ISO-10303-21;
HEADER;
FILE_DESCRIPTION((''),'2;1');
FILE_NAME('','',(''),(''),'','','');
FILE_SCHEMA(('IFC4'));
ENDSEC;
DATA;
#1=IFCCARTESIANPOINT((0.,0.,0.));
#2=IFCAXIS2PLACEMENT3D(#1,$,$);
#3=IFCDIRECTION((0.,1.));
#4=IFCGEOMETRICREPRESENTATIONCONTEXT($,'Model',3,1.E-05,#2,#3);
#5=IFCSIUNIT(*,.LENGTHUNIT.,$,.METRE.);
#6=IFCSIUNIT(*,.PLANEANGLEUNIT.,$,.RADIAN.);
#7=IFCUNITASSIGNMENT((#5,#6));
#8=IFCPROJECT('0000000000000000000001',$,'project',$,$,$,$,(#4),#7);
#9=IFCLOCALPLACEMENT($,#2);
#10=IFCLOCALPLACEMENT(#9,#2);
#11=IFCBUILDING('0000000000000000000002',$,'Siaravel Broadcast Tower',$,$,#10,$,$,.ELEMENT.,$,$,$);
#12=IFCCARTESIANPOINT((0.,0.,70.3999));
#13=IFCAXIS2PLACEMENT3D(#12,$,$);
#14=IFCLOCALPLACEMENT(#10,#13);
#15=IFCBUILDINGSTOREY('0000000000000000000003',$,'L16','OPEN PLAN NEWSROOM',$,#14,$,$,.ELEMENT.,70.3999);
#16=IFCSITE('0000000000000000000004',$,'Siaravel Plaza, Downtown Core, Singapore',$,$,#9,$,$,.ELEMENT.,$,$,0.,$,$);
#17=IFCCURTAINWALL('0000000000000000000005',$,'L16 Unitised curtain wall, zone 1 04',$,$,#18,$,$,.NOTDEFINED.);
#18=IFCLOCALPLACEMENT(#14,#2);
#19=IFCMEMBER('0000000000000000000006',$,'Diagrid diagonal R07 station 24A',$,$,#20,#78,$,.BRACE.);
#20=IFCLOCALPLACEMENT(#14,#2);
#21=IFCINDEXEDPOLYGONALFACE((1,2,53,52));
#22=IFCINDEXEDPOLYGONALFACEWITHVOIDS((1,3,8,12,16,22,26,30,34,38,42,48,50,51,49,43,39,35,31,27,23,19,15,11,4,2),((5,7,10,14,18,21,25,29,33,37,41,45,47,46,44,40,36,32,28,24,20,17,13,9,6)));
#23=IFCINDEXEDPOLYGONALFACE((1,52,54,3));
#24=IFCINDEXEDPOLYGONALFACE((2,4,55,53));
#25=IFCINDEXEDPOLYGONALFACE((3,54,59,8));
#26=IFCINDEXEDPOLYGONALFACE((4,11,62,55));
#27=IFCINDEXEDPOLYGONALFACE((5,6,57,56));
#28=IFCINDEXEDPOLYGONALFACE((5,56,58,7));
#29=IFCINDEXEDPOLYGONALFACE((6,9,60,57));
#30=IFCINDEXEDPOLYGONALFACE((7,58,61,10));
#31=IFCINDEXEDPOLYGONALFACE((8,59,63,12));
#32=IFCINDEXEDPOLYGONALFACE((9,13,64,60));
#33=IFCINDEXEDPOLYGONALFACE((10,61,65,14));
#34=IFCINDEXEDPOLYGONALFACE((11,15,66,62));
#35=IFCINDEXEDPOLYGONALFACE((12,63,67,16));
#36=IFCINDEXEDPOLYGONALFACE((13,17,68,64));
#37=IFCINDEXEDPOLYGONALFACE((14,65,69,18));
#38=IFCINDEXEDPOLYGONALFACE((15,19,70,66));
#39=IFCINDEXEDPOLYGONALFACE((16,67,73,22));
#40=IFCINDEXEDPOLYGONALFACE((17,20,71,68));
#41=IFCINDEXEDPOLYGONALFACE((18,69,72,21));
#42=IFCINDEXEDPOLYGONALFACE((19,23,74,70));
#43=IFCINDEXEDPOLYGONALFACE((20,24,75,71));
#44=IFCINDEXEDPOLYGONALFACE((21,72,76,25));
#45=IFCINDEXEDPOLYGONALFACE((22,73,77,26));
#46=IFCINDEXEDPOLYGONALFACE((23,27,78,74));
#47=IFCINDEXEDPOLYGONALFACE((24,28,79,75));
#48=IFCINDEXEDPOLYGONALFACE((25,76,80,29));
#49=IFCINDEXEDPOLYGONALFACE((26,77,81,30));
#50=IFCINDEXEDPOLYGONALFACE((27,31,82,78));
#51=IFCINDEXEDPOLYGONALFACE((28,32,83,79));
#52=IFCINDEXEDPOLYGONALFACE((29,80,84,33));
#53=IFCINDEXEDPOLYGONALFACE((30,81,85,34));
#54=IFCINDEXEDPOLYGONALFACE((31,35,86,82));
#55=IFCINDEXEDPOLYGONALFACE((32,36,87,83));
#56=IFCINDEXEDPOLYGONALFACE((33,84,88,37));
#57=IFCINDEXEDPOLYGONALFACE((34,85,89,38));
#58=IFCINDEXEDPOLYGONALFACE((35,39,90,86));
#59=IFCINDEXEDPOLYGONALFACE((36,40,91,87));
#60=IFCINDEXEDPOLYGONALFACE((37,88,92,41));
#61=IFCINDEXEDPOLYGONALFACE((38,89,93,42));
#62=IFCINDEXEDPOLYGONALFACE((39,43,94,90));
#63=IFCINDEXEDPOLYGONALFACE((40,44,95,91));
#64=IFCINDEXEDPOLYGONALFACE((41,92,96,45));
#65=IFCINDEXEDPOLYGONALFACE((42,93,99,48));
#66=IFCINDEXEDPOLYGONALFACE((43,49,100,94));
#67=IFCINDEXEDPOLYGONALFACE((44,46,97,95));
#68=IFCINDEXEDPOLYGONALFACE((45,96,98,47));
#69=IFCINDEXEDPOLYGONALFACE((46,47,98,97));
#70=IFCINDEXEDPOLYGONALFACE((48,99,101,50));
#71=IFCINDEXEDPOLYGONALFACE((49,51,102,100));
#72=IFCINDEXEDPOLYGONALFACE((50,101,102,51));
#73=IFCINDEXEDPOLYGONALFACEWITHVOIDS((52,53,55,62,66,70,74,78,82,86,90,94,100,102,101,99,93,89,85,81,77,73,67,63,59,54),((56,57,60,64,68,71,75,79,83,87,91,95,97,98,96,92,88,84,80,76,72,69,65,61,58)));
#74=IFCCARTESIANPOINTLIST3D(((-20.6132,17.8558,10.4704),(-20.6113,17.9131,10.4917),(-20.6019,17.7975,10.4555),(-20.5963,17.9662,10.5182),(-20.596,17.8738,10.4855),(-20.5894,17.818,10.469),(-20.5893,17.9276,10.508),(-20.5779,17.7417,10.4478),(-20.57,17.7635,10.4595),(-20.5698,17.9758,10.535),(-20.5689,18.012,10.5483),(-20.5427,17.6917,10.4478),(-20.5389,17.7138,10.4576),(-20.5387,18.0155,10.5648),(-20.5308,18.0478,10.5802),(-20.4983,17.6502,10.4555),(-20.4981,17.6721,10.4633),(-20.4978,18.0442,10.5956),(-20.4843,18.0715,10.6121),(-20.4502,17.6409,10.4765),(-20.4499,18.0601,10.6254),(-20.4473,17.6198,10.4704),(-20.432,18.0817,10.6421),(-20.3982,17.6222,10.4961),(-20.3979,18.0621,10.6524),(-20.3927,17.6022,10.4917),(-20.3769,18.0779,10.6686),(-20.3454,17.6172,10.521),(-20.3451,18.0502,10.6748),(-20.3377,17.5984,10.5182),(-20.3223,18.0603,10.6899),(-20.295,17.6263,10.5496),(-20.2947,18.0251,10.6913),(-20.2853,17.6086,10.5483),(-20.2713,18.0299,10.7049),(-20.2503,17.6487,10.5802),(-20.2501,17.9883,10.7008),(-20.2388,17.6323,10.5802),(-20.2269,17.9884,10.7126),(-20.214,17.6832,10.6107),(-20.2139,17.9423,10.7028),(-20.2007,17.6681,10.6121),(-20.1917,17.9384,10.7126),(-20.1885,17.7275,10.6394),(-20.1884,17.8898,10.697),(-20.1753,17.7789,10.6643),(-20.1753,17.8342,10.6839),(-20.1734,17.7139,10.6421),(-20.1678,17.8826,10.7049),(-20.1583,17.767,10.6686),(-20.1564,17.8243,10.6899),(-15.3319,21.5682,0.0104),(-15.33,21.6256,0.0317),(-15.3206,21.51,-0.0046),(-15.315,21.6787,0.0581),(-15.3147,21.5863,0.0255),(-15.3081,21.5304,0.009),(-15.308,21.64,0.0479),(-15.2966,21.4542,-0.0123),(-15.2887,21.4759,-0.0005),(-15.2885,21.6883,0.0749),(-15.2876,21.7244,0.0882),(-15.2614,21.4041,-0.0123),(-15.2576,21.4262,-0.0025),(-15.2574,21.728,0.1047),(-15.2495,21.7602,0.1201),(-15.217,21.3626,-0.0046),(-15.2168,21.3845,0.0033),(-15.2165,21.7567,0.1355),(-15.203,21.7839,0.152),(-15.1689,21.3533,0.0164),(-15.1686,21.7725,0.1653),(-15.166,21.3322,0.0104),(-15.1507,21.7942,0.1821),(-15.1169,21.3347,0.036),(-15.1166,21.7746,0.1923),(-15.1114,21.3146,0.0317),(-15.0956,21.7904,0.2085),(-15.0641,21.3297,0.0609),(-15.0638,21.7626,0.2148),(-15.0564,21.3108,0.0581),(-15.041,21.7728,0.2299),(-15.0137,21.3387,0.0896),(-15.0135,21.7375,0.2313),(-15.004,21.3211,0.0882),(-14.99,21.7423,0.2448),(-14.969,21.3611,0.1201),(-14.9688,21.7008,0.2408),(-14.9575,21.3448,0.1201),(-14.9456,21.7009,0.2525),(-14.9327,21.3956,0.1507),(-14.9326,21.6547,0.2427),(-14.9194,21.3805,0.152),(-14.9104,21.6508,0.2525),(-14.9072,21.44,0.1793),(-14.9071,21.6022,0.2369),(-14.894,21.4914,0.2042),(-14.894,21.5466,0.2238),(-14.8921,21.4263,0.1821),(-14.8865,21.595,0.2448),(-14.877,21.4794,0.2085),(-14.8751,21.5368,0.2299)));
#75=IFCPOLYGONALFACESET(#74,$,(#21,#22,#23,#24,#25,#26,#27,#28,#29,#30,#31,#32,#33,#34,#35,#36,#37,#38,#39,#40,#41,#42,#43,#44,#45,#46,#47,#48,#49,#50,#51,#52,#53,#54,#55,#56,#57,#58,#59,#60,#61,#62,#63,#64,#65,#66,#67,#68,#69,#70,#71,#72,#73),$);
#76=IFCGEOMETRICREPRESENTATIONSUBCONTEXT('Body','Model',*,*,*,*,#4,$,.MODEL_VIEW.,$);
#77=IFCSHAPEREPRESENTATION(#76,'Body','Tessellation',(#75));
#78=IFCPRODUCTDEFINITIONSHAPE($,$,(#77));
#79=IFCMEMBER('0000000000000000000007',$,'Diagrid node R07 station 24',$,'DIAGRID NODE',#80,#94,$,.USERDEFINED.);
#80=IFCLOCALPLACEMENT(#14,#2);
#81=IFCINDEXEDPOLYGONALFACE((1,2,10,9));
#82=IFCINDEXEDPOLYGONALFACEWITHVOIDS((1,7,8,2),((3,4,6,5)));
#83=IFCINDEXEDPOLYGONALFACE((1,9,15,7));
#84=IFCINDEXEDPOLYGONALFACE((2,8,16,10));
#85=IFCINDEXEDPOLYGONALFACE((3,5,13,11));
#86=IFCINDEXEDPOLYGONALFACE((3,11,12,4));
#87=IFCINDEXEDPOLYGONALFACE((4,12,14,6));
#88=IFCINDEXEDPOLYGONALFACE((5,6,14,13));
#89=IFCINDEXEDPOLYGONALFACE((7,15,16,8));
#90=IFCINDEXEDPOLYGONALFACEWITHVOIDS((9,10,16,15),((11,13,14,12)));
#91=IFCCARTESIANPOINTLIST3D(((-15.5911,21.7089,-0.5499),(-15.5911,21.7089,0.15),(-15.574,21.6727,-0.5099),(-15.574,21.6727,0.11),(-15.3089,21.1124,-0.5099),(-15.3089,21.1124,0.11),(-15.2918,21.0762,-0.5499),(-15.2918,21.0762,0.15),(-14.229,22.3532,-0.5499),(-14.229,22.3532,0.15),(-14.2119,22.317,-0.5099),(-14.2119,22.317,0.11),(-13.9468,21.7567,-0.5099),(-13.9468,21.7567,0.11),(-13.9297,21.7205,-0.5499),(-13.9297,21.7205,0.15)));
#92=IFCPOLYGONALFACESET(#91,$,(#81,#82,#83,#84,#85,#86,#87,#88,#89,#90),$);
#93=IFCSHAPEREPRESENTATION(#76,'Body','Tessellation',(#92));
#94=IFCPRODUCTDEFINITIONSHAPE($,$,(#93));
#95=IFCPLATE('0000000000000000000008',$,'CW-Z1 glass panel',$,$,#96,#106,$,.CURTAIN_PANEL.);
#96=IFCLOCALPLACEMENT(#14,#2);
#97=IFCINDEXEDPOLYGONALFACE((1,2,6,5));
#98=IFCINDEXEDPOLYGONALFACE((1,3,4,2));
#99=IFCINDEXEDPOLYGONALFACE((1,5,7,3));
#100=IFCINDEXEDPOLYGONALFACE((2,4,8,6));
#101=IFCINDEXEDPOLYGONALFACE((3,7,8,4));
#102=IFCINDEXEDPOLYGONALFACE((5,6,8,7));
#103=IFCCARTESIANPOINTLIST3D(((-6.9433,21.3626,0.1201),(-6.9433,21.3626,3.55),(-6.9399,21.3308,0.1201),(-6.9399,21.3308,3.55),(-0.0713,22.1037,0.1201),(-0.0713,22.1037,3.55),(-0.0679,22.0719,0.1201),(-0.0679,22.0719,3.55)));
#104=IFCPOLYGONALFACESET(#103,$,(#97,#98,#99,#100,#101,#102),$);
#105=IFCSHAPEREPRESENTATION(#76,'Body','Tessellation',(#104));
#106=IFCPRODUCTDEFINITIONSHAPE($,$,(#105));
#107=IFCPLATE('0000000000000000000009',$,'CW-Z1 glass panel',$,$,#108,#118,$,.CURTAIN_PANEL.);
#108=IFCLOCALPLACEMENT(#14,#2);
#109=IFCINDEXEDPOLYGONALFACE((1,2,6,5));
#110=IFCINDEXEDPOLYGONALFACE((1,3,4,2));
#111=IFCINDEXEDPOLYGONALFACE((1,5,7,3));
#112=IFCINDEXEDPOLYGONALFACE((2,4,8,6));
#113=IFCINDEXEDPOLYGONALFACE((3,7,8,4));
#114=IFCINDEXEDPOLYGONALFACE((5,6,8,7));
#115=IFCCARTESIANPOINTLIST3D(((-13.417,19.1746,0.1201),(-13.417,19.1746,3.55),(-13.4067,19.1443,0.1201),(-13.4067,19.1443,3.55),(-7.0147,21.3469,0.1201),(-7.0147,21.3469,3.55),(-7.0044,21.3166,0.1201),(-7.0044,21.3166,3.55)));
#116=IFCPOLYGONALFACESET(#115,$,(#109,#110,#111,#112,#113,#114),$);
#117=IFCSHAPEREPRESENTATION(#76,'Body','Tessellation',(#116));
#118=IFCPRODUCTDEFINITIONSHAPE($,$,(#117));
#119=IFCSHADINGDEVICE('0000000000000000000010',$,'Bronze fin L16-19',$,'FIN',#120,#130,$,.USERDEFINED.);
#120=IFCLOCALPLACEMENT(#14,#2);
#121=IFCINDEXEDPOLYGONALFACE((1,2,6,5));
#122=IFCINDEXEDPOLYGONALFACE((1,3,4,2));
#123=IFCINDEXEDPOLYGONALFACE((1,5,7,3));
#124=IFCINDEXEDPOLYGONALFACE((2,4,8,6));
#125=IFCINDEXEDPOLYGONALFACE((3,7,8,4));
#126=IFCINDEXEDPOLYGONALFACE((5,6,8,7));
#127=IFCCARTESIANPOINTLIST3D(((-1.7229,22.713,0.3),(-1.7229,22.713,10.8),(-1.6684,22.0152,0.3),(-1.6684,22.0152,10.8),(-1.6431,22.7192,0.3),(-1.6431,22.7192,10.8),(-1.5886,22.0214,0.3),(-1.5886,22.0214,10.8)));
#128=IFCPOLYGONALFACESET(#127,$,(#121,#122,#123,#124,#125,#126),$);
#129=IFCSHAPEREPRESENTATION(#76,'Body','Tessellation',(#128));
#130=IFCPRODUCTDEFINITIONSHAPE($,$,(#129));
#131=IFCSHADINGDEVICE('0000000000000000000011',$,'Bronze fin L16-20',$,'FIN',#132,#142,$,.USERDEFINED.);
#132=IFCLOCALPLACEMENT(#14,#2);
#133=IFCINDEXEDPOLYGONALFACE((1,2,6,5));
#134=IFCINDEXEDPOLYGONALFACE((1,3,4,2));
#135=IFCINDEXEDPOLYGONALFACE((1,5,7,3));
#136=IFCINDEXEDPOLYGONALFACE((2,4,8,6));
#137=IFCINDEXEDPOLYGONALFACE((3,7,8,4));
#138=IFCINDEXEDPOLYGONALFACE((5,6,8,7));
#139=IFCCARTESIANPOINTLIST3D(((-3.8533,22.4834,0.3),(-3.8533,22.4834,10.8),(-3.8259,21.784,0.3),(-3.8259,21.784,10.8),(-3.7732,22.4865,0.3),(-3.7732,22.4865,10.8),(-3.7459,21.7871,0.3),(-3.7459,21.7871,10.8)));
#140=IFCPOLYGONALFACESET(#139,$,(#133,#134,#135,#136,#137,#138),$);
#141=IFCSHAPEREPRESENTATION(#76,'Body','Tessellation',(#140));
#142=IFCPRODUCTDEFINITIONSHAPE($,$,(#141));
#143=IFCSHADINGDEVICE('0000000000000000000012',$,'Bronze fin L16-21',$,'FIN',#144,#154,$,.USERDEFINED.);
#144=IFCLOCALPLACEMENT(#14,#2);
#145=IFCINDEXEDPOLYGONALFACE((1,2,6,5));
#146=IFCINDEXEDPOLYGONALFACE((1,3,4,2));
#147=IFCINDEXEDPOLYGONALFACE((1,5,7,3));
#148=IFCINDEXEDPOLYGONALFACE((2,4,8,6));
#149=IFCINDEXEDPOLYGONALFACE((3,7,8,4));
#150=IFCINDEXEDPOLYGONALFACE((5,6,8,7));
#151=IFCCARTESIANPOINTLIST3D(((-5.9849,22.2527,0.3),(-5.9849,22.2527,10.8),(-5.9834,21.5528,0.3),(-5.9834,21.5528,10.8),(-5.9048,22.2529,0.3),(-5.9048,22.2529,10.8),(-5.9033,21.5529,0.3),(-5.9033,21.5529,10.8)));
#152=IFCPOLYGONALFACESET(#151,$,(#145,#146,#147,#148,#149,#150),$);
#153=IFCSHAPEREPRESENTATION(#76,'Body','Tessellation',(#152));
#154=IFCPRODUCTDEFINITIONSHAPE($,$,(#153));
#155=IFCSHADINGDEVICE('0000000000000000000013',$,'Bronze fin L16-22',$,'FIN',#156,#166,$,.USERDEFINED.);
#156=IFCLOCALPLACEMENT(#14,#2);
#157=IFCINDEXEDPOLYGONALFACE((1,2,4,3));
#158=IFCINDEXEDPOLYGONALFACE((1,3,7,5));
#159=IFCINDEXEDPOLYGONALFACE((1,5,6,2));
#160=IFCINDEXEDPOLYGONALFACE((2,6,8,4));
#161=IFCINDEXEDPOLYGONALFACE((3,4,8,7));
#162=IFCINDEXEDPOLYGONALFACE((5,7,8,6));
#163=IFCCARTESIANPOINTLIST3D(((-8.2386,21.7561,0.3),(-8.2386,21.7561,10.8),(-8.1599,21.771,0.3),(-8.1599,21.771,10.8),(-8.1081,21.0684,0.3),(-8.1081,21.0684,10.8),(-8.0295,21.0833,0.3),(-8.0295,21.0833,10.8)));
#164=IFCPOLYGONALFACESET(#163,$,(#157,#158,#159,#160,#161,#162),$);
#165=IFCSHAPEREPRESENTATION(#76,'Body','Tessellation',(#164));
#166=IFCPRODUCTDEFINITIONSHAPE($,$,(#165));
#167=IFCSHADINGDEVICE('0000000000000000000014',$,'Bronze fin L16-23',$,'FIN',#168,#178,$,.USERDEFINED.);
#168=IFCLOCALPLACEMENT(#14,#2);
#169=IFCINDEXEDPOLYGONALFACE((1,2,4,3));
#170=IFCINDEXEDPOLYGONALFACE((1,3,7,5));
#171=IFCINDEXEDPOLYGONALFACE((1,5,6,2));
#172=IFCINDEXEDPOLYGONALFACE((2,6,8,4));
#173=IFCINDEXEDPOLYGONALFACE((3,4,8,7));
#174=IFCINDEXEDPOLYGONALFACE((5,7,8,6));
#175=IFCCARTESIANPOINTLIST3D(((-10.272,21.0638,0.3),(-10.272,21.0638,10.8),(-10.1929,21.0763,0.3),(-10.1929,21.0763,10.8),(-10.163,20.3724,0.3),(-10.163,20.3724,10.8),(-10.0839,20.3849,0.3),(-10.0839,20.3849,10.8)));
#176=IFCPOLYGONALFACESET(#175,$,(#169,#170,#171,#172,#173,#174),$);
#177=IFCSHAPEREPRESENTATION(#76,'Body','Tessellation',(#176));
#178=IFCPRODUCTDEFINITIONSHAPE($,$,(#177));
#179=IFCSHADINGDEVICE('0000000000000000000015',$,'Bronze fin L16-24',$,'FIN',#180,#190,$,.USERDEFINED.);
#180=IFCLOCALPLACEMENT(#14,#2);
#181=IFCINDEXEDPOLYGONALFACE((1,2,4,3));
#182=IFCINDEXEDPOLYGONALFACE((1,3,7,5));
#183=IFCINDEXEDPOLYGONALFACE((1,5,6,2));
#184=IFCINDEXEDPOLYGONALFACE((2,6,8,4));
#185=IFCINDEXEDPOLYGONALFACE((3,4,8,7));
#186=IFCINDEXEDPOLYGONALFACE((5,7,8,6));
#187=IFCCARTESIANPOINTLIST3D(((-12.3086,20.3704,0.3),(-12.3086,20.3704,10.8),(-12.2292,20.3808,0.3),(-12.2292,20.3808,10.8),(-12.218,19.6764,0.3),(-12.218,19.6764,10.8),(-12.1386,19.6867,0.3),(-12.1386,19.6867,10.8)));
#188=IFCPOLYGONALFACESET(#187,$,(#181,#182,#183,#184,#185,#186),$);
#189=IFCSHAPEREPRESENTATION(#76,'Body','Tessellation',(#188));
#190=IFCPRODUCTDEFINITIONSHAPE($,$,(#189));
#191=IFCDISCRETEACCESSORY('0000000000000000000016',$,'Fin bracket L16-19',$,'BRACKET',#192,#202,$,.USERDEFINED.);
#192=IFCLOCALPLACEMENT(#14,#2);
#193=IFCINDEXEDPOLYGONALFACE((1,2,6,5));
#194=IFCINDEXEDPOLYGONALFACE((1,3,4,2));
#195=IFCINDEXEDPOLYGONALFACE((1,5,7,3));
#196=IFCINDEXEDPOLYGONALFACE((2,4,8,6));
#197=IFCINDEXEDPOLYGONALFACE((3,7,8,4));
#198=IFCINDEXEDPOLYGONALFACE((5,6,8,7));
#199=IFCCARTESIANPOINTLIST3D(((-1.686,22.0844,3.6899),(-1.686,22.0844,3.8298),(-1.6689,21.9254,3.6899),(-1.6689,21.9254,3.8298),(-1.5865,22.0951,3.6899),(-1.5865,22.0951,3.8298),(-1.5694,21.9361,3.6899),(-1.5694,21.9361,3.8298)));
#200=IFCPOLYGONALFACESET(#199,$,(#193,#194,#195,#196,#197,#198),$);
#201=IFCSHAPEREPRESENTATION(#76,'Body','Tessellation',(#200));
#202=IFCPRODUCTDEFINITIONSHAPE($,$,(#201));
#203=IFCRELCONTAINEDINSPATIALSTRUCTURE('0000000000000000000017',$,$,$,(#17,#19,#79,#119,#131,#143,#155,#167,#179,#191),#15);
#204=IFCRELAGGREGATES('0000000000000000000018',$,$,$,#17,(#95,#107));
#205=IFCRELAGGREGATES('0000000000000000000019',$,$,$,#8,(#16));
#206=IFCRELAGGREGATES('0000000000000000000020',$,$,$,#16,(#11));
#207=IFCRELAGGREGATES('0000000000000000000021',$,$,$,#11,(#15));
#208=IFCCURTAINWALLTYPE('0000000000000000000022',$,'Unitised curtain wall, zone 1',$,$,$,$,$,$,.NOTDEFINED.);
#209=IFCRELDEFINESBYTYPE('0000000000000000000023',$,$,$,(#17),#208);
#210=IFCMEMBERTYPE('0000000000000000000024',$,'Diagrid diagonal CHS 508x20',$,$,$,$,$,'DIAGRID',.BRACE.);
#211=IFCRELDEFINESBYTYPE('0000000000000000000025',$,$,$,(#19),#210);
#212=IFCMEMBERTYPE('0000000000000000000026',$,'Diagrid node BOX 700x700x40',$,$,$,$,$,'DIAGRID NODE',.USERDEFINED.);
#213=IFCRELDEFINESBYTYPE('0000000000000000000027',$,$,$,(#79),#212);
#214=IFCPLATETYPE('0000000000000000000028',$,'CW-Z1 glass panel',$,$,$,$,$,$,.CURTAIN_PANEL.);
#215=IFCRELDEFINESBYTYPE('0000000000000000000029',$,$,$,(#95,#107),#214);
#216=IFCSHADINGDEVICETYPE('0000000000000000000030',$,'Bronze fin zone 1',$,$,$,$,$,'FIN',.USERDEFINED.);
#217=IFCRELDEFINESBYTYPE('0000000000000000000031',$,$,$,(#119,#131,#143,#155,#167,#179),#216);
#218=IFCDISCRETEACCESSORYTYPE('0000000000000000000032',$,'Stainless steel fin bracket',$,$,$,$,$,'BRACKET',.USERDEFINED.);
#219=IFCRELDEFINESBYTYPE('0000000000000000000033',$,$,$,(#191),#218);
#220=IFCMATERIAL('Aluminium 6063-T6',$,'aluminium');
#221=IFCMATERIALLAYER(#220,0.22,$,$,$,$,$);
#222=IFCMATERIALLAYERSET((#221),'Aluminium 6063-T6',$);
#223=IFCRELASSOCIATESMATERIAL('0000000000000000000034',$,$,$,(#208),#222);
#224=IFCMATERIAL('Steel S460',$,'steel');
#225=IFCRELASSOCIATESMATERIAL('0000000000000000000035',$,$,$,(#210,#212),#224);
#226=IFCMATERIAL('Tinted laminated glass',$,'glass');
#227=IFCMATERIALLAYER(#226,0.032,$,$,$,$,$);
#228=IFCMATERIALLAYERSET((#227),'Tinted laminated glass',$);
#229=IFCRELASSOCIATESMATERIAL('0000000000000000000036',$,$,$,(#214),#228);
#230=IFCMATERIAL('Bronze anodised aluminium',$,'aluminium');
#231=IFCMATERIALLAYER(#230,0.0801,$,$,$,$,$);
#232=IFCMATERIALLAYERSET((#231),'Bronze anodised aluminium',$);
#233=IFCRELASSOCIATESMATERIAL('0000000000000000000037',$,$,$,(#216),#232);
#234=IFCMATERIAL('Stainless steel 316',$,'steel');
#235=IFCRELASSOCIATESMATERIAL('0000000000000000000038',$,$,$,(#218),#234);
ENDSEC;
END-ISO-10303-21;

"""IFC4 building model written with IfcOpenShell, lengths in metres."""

from ifc_helpers import new_model, si_unit, direction, frame, origin, origin_2d, place, context, subcontext, project, spatial, rectangle, hollow_rectangle, hollow_circle, extrude, material, layer, layer_set, material_profile, profile_set, type_object, element, aggregate, save


model = new_model("IFC4")

# Units and contexts
model_context = context("Model", 3, precision=1e-05, world=origin(), true_north=direction((0.0, 1.0)))
body_context = subcontext(model_context, "Body", "Model", "MODEL_VIEW")
ifc_project = project(units=[si_unit("LENGTHUNIT", "METRE"), si_unit("PLANEANGLEUNIT", "RADIAN")], contexts=[model_context])

# Site, building, storey
site_placement = place(None, origin())
site = spatial("IfcSite", under=ifc_project, at=site_placement, Name="Siaravel Plaza, Downtown Core, Singapore", CompositionType="ELEMENT", RefElevation=0.0)
building_placement = place(site_placement, origin())
building = spatial("IfcBuilding", under=site, at=building_placement, Name="Siaravel Broadcast Tower", CompositionType="ELEMENT")
storey_placement = place(building_placement, frame((0.0, 0.0, 70.3999)))
storey = spatial("IfcBuildingStorey", under=building, at=storey_placement, Name="L16", Description="OPEN PLAN NEWSROOM", CompositionType="ELEMENT", Elevation=70.3999)

# Curtain wall
ifc_material_1 = material(Name="Aluminium 6063-T6", Category="aluminium")
ifc_layer_1 = layer(ifc_material_1, 0.22)
ifc_layer_set_1 = layer_set([ifc_layer_1], Name="Aluminium 6063-T6")
curtain_wall_type = type_object("IfcCurtainWallType", Name="Unitised curtain wall, zone 1", PredefinedType="NOTDEFINED", material=ifc_layer_set_1)
curtain_wall_placement = place(storey_placement, origin())
curtain_wall = element("IfcCurtainWall", 1, at=curtain_wall_placement, inside=storey, type_object=curtain_wall_type, Name="L16 Unitised curtain wall, zone 1 04", PredefinedType="NOTDEFINED")

# Members
ifc_material_2 = material(Name="Steel S460", Category="steel")
ifc_material_profile_1 = material_profile(ifc_material_2, hollow_circle(Radius=0.2539, WallThickness=0.02, at=origin_2d()))
ifc_profile_set_1 = profile_set([ifc_material_profile_1], Name="Steel S460")
member_type_1 = type_object("IfcMemberType", Name="Diagrid diagonal CHS 508x20", ElementType="DIAGRID", PredefinedType="BRACE", material=ifc_profile_set_1)
member_1_placement = place(storey_placement, frame((-15.1035, 21.5525, 0.1201), z_axis=(-0.429662, -0.302027, 0.850982), x_axis=(0.575076, -0.8181, 0.0)))
element("IfcMember", 2, at=member_1_placement, inside=storey, type_object=member_type_1, Name="Diagrid diagonal R07 station 24A", PredefinedType="BRACE", context=body_context, shape_type="SweptSolid", body=[
    extrude(hollow_circle(Radius=0.2539, WallThickness=0.02, at=origin_2d()), origin(), (0.0, 0.0, 1.0), 12.2917),
])
ifc_material_profile_2 = material_profile(ifc_material_2, hollow_rectangle(XDim=0.7, YDim=0.7, WallThickness=0.04, at=origin_2d()))
ifc_profile_set_2 = profile_set([ifc_material_profile_2], Name="Steel S460")
member_type_2 = type_object("IfcMemberType", Name="Diagrid node BOX 700x700x40", ElementType="DIAGRID NODE", PredefinedType="USERDEFINED", material=ifc_profile_set_2)
member_2_placement = place(storey_placement, frame((-14.0793, 22.0369, -0.2), z_axis=(-0.903969, -0.427599, 0.0), x_axis=(0.427599, -0.903969, 0.0)))
element("IfcMember", 3, at=member_2_placement, inside=storey, type_object=member_type_2, Name="Diagrid node R07 station 24", ObjectType="DIAGRID NODE", PredefinedType="USERDEFINED", context=body_context, shape_type="SweptSolid", body=[
    extrude(hollow_rectangle(XDim=0.7, YDim=0.7, WallThickness=0.04, at=origin_2d()), origin(), (0.0, 0.0, 1.0), 1.5068),
])

# Plates
ifc_material_3 = material(Name="Tinted laminated glass", Category="glass")
ifc_layer_2 = layer(ifc_material_3, 0.032)
ifc_layer_set_2 = layer_set([ifc_layer_2], Name="Tinted laminated glass")
plate_type = type_object("IfcPlateType", Name="CW-Z1 glass panel", PredefinedType="CURTAIN_PANEL", material=ifc_layer_set_2)
plate_1_placement = place(storey_placement, frame((-3.5056, 21.7173, 0.1201), z_axis=(0.0, 0.0, 1.0), x_axis=(-0.994236, -0.107218, 0.0)))
plate_1 = element("IfcPlate", 4, at=plate_1_placement, type_object=plate_type, Name="CW-Z1 glass panel", PredefinedType="CURTAIN_PANEL", context=body_context, shape_type="SweptSolid", body=[
    extrude(rectangle(XDim=6.9119, YDim=0.032, at=origin_2d()), origin(), (0.0, 0.0, 1.0), 3.4299),
])
plate_2_placement = place(storey_placement, frame((-10.2107, 20.2456, 0.1201), z_axis=(0.0, 0.0, 1.0), x_axis=(-0.946977, -0.321301, 0.0)))
plate_2 = element("IfcPlate", 5, at=plate_2_placement, type_object=plate_type, Name="CW-Z1 glass panel", PredefinedType="CURTAIN_PANEL", context=body_context, shape_type="SweptSolid", body=[
    extrude(rectangle(XDim=6.7607, YDim=0.032, at=origin_2d()), origin(), (0.0, 0.0, 1.0), 3.4299),
])
aggregate(curtain_wall, [plate_1, plate_2])

# Shading devices
ifc_material_4 = material(Name="Bronze anodised aluminium", Category="aluminium")
ifc_layer_3 = layer(ifc_material_4, 0.0801)
ifc_layer_set_3 = layer_set([ifc_layer_3], Name="Bronze anodised aluminium")
shading_device_type = type_object("IfcShadingDeviceType", Name="Bronze fin zone 1", ElementType="FIN", PredefinedType="USERDEFINED", material=ifc_layer_set_3)
for number, where, z_axis, x_axis, name in (
    (6, (-1.6558, 22.3672, 0.3), (0.0, 0.0, 1.0), (-0.077906, 0.996961, 0.0), "Bronze fin L16-19"),
    (7, (-3.7996, 22.1353, 0.3), (0.0, 0.0, 1.0), (-0.03912, 0.999235, 0.0), "Bronze fin L16-20"),
    (8, (-5.9441, 21.9028, 0.3), (0.0, 0.0, 1.0), (-0.002138, 0.999998, 0.0), "Bronze fin L16-21"),
    (9, (-8.134, 21.4197, 0.3), (0.0, 0.0, 1.0), (-0.186419, 0.98247, 0.0), "Bronze fin L16-22"),
    (10, (-10.178, 20.7244, 0.3), (0.0, 0.0, 1.0), (-0.155683, 0.987807, 0.0), "Bronze fin L16-23"),
    (11, (-12.2236, 20.0286, 0.3), (0.0, 0.0, 1.0), (-0.129422, 0.99159, 0.0), "Bronze fin L16-24"),
):
    element("IfcShadingDevice", number, at=place(storey_placement, frame(where, z_axis=z_axis, x_axis=x_axis)), inside=storey, type_object=shading_device_type, Name=name, ObjectType="FIN", PredefinedType="USERDEFINED", context=body_context, shape_type="SweptSolid", body=[
        extrude(rectangle(XDim=0.7, YDim=0.0801, at=origin_2d()), origin(), (0.0, 0.0, 1.0), 10.5),
    ])

# Discrete accessory
ifc_material_5 = material(Name="Stainless steel 316", Category="steel")
discrete_accessory_type_1 = type_object("IfcDiscreteAccessoryType", Name="Stainless steel fin bracket", ElementType="BRACKET", PredefinedType="USERDEFINED", material=ifc_material_5)
for number, where, z_axis, x_axis, name in (
    (12, (-1.6277, 22.0103, 3.6899), (0.0, 0.0, 1.0), (-0.107219, 0.994235, 0.0), "Fin bracket L16-19"),
):
    element("IfcDiscreteAccessory", number, at=place(storey_placement, frame(where, z_axis=z_axis, x_axis=x_axis)), inside=storey, type_object=discrete_accessory_type_1, Name=name, ObjectType="BRACKET", PredefinedType="USERDEFINED", context=body_context, shape_type="SweptSolid", body=[
        extrude(rectangle(XDim=0.1599, YDim=0.1001, at=origin_2d()), origin(), (0.0, 0.0, 1.0), 0.1399),
    ])

save(model, "model.ifc")
